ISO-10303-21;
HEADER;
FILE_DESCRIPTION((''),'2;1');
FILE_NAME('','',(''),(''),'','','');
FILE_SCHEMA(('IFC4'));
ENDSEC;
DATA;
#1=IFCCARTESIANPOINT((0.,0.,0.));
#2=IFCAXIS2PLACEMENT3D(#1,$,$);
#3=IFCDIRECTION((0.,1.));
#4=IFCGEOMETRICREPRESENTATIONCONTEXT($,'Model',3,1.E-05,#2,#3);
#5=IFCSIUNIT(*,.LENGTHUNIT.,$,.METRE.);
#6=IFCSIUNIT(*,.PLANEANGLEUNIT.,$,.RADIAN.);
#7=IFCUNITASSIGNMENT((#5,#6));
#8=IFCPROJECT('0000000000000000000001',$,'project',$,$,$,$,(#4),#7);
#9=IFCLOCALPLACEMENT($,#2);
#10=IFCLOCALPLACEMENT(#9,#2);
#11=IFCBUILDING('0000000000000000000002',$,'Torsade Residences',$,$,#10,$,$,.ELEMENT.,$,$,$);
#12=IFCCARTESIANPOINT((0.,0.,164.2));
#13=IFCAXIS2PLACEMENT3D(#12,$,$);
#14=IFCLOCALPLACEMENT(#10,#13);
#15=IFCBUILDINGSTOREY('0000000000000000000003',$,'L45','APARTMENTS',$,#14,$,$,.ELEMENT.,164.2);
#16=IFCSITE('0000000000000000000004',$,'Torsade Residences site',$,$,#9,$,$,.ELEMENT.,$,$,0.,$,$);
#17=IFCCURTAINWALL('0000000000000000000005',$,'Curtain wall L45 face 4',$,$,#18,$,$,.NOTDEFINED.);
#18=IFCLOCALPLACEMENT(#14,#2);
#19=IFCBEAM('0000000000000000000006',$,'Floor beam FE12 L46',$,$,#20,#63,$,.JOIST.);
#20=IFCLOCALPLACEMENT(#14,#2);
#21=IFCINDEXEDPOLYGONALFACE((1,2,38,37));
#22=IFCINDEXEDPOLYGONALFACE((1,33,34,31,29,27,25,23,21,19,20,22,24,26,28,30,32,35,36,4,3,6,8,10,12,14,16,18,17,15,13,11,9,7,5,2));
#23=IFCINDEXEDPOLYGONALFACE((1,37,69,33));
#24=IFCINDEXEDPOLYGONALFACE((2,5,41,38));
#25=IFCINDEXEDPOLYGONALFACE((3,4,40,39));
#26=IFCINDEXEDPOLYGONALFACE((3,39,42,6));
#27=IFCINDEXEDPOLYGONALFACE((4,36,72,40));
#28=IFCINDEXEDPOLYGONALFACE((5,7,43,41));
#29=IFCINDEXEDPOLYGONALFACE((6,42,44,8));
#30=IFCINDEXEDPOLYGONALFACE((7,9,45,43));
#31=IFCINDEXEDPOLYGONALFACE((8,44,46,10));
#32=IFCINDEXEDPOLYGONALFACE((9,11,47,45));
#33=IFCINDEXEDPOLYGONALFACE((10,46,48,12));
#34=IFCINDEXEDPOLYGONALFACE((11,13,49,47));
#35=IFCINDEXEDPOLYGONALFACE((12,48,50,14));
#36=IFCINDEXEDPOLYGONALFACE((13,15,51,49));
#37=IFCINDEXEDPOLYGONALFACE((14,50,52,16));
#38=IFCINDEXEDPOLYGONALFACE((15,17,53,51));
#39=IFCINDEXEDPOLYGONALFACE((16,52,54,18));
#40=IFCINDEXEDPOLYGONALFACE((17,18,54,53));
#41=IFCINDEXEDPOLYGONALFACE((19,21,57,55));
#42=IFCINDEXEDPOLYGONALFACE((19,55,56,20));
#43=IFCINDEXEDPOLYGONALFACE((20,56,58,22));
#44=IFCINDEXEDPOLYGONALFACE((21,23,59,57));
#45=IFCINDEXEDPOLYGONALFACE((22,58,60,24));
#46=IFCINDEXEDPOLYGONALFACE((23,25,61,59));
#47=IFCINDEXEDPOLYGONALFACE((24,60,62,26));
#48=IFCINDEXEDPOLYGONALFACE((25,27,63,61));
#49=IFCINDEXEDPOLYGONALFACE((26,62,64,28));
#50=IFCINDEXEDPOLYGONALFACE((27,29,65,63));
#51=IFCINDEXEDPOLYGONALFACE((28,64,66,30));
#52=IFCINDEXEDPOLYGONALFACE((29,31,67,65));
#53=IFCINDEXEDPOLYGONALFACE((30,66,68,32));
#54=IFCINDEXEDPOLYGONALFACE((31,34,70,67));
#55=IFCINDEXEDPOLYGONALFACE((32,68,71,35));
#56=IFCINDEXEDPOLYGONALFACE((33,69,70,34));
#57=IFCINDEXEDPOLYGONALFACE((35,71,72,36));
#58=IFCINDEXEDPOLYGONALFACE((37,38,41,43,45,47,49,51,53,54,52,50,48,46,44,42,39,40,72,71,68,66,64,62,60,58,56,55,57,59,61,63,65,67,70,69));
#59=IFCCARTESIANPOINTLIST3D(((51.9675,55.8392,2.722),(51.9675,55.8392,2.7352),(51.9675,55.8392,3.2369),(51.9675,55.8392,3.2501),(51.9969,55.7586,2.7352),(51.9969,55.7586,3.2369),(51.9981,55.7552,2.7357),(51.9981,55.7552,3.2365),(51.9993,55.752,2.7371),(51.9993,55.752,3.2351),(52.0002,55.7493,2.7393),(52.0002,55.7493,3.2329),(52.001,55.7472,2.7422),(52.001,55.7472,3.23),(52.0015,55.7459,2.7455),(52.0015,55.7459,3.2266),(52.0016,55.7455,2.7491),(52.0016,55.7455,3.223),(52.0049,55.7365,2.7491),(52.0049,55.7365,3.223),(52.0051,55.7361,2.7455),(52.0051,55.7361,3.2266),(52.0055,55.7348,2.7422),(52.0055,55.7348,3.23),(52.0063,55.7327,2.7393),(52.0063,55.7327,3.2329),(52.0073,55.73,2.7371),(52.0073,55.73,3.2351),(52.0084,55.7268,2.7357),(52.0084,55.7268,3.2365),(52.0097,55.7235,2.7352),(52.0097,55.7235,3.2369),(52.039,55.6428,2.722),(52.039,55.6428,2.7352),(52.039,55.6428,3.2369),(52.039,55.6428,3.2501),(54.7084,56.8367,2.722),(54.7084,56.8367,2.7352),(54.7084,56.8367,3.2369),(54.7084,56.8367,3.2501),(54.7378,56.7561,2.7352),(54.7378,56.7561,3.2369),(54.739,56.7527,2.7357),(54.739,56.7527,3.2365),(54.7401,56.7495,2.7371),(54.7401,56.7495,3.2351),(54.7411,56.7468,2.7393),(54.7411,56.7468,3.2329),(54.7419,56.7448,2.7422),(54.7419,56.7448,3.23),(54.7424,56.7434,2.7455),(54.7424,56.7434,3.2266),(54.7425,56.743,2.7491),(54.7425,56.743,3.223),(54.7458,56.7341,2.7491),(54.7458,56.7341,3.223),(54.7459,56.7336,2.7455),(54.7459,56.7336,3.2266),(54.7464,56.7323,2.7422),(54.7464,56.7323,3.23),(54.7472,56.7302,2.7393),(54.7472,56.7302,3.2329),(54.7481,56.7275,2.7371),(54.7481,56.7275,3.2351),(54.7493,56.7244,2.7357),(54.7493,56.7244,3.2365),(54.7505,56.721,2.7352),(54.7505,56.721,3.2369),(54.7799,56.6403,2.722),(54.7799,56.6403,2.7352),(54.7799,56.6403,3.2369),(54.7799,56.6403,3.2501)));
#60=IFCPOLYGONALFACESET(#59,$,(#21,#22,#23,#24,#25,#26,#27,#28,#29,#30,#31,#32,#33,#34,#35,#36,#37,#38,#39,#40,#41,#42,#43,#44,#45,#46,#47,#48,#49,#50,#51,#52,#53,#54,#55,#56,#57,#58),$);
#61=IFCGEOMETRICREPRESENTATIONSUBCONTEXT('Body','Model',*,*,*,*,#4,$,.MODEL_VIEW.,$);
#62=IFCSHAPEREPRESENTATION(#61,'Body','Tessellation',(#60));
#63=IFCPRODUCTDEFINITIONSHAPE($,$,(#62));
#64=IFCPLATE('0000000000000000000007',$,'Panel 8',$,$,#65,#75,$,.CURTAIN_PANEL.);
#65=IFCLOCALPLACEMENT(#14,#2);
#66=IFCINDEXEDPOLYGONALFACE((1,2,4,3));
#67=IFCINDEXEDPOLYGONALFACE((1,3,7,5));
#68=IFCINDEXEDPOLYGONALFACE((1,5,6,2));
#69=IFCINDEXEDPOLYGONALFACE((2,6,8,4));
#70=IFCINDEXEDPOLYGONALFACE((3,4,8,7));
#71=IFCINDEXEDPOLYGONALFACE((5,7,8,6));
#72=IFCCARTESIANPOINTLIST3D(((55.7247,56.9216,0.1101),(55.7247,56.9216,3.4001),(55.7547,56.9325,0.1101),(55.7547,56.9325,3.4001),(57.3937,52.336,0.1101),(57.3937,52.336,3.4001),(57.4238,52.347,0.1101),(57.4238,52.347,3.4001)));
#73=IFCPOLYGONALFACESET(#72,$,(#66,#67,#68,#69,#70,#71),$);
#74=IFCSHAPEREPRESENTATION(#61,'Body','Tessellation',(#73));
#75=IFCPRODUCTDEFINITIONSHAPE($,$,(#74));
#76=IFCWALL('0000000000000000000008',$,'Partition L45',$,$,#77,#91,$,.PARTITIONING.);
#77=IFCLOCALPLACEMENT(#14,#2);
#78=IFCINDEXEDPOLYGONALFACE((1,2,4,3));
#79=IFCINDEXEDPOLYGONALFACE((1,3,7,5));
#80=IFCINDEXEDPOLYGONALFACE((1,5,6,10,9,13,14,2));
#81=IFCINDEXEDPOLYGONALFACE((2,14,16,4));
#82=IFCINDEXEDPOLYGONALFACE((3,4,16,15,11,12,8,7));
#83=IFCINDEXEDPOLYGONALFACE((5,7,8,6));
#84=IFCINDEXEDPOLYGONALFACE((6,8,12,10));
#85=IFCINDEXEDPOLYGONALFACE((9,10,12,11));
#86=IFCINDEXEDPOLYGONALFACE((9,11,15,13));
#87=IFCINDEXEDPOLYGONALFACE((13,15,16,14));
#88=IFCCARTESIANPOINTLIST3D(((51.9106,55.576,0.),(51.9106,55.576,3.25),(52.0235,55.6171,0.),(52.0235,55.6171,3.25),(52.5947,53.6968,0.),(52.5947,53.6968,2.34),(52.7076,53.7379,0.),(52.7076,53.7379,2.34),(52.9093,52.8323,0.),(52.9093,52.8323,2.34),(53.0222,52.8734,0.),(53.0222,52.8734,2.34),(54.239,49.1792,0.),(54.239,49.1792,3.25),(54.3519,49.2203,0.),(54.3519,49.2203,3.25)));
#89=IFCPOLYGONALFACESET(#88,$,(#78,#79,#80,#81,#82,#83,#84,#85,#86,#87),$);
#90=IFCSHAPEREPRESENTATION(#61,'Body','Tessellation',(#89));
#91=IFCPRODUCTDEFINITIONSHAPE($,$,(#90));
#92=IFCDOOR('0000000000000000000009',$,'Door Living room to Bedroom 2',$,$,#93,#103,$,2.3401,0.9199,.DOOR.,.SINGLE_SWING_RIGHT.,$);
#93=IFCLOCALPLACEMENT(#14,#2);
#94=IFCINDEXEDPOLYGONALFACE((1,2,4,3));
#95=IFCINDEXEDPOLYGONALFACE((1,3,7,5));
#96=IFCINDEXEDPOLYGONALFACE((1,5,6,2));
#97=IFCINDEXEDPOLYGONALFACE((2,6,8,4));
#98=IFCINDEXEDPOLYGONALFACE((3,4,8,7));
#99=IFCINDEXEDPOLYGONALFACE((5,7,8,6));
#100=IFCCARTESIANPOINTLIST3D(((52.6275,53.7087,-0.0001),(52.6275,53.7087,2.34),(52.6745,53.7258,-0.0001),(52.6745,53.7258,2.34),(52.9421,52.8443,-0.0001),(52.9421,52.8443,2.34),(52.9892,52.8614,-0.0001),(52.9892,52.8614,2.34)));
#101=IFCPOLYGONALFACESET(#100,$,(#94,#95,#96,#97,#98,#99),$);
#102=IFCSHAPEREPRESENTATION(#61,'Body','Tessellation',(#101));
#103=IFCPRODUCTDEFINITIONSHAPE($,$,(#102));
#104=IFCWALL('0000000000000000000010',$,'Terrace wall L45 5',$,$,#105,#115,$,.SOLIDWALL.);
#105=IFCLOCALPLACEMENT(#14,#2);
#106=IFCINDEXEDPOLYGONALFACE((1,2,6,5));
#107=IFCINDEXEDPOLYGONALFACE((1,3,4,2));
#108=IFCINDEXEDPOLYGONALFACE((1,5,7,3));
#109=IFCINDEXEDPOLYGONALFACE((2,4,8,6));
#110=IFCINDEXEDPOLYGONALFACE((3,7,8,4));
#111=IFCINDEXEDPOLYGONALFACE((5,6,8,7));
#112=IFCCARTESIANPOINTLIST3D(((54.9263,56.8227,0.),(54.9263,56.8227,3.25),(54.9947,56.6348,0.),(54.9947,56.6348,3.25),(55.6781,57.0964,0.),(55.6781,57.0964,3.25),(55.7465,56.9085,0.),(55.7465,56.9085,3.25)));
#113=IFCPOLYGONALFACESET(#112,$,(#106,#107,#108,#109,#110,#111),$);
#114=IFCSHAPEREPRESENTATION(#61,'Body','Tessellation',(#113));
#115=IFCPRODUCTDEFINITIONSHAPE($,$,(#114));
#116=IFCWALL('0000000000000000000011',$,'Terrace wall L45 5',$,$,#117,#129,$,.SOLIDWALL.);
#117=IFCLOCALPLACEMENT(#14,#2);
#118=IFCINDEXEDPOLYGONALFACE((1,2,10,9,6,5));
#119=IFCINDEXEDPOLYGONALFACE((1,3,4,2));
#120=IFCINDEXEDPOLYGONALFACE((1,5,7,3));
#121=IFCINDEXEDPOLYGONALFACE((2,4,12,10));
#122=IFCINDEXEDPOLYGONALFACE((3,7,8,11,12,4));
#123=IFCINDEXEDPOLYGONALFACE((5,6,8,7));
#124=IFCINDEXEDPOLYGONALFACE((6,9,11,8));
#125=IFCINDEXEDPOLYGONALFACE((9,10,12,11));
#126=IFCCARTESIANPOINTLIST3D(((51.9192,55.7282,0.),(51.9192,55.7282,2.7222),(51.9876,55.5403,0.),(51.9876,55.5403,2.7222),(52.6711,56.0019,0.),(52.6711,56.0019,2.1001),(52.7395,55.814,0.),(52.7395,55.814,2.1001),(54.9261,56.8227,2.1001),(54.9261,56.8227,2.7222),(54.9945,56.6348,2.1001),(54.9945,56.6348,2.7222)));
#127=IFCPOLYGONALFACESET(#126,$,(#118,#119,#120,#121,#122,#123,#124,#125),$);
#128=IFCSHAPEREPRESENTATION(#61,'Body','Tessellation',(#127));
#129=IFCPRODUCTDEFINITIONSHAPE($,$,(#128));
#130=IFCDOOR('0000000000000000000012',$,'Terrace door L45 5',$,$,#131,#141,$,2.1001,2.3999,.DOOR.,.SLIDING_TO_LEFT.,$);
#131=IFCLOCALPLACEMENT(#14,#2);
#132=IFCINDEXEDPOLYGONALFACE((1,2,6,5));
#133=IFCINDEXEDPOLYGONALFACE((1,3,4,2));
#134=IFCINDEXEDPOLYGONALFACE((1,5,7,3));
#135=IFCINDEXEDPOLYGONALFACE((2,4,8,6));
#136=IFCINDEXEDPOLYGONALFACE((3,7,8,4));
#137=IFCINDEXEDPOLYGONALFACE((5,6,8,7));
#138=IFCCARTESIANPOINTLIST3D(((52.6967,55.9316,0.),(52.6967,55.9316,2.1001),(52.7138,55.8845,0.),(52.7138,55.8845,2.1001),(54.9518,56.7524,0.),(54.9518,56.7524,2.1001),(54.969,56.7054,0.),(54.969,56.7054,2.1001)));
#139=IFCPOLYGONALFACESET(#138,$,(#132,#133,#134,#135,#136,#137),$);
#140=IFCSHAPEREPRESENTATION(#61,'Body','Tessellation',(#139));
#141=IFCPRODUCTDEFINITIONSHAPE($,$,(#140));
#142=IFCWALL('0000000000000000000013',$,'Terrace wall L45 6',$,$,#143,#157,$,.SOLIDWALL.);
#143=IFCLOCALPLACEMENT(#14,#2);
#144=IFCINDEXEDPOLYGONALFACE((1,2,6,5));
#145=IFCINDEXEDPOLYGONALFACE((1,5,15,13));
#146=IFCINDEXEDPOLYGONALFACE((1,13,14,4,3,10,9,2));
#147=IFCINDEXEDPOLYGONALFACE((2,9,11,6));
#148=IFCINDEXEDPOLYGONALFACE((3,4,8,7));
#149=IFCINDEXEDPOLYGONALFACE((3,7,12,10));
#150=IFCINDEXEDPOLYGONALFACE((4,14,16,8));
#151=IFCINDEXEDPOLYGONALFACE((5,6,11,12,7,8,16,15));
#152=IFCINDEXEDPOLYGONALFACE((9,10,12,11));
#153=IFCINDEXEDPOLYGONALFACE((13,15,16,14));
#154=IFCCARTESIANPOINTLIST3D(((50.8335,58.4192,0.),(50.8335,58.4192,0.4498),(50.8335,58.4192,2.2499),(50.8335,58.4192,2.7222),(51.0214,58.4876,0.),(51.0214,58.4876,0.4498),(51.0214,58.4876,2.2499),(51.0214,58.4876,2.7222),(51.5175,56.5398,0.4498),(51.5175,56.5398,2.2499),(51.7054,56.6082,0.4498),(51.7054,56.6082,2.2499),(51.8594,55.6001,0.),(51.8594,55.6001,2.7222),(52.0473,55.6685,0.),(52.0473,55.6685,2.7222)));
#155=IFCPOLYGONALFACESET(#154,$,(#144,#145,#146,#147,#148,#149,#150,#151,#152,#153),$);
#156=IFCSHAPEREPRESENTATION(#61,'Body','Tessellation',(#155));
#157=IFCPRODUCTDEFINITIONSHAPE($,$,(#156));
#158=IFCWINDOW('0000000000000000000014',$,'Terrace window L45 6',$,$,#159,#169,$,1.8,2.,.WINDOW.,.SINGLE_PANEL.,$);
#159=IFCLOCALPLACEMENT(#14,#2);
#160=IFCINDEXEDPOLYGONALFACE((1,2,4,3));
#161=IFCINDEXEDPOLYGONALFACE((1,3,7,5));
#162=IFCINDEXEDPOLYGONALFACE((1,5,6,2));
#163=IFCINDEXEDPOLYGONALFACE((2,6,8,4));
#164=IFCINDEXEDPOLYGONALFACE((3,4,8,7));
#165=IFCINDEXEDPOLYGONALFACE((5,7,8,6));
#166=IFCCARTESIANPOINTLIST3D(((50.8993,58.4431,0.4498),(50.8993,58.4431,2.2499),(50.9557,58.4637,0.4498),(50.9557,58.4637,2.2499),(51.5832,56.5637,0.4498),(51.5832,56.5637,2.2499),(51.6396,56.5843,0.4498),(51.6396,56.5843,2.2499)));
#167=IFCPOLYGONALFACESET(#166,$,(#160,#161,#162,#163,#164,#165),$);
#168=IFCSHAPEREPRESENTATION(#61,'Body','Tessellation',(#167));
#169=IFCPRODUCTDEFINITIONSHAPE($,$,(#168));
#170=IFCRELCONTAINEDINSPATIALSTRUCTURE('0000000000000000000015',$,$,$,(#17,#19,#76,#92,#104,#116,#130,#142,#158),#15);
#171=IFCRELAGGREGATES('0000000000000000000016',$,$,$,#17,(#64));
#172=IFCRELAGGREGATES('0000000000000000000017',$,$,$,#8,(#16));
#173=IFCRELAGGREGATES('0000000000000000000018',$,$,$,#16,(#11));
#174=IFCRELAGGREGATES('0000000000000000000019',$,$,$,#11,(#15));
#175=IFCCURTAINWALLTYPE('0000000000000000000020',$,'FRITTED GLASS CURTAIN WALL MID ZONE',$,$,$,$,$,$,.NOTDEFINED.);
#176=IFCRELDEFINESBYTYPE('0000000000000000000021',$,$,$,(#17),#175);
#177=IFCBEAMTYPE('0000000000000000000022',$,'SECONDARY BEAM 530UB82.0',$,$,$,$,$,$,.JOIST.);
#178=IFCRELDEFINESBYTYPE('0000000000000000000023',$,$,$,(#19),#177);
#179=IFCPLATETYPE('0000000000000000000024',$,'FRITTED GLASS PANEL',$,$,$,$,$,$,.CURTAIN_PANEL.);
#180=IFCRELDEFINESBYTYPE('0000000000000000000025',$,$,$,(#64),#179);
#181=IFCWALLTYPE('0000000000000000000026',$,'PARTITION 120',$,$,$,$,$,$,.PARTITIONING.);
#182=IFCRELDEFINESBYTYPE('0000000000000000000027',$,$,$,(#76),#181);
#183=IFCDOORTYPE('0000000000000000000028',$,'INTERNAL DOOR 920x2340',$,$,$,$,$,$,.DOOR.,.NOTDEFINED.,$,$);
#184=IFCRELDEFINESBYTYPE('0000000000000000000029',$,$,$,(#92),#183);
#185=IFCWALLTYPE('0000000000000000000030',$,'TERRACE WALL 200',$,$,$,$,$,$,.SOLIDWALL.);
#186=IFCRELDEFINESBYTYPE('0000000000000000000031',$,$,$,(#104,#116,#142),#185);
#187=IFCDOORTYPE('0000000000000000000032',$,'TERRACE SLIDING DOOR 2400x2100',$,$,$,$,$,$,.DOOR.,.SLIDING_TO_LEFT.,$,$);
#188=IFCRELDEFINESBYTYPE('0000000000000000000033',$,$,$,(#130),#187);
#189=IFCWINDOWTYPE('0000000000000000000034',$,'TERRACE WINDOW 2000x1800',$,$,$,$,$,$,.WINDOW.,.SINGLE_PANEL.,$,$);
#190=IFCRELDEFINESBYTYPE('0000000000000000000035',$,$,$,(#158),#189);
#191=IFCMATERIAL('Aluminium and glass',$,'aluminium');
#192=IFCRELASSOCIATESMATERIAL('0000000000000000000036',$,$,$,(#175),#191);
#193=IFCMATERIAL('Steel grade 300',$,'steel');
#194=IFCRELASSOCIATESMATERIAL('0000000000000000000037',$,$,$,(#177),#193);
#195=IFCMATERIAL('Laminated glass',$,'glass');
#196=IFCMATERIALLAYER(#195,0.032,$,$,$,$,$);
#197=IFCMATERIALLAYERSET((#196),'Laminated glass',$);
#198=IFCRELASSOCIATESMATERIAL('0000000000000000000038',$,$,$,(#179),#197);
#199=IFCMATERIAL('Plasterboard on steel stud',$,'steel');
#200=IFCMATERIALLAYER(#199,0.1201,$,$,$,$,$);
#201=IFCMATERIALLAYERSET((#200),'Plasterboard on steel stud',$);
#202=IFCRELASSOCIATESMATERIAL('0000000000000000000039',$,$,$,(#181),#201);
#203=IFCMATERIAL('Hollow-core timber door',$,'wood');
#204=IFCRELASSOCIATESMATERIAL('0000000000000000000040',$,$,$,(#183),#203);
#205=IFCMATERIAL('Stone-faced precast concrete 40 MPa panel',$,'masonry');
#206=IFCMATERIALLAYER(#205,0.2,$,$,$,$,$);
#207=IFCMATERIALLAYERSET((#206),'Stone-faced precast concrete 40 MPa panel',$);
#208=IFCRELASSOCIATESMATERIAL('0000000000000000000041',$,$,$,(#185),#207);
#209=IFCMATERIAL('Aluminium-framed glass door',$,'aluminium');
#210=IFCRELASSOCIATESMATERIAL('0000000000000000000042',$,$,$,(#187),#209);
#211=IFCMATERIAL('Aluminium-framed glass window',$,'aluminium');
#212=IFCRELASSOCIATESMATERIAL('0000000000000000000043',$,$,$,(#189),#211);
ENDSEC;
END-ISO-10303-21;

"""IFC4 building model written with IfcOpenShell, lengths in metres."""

from ifc_helpers import new_model, si_unit, direction, frame, frame_2d, origin, origin_2d, place, context, subcontext, project, spatial, rectangle, i_section, extrude, material, layer, layer_set, material_profile, profile_set, type_object, element, fill, aggregate, save


model = new_model("IFC4")

# Units and contexts
model_context = context("Model", 3, precision=1e-05, world=origin(), true_north=direction((0.0, 1.0)))
body_context = subcontext(model_context, "Body", "Model", "MODEL_VIEW")
ifc_project = project(units=[si_unit("LENGTHUNIT", "METRE"), si_unit("PLANEANGLEUNIT", "RADIAN")], contexts=[model_context])

# Site, building, storey
site_placement = place(None, origin())
site = spatial("IfcSite", under=ifc_project, at=site_placement, Name="Torsade Residences site", CompositionType="ELEMENT", RefElevation=0.0)
building_placement = place(site_placement, origin())
building = spatial("IfcBuilding", under=site, at=building_placement, Name="Torsade Residences", CompositionType="ELEMENT")
storey_placement = place(building_placement, frame((0.0, 0.0, 164.2)))
storey = spatial("IfcBuildingStorey", under=building, at=storey_placement, Name="L45", Description="APARTMENTS", CompositionType="ELEMENT", Elevation=164.2)

# Curtain wall
ifc_material_1 = material(Name="Aluminium and glass", Category="aluminium")
curtain_wall_type = type_object("IfcCurtainWallType", Name="FRITTED GLASS CURTAIN WALL MID ZONE", PredefinedType="NOTDEFINED", material=ifc_material_1)
curtain_wall_placement = place(storey_placement, origin())
curtain_wall = element("IfcCurtainWall", 1, at=curtain_wall_placement, inside=storey, type_object=curtain_wall_type, Name="Curtain wall L45 face 4", PredefinedType="NOTDEFINED")

# Beam
ifc_material_2 = material(Name="Steel grade 300", Category="steel")
ifc_material_profile_1 = material_profile(ifc_material_2, i_section(OverallWidth=0.209, OverallDepth=0.5281, WebThickness=0.0095, FlangeThickness=0.0132, FilletRadius=0.0139, at=origin_2d()), Name="530UB82.0")
ifc_profile_set_1 = profile_set([ifc_material_profile_1], Name="Steel grade 300")
beam_type_1 = type_object("IfcBeamType", Name="SECONDARY BEAM 530UB82.0", PredefinedType="JOIST", material=ifc_profile_set_1)
beam_1_placement = place(storey_placement, frame((54.7441, 56.7385, 2.9861), z_axis=(-0.939701, -0.341998, 0.0), x_axis=(0.341998, -0.939701, 0.0)))
element("IfcBeam", 2, at=beam_1_placement, inside=storey, type_object=beam_type_1, Name="Floor beam FE12 L46", PredefinedType="JOIST", context=body_context, shape_type="SweptSolid", body=[
    extrude(i_section(OverallWidth=0.209, OverallDepth=0.5281, WebThickness=0.0095, FlangeThickness=0.0132, FilletRadius=0.0139, at=origin_2d()), origin(), (0.0, 0.0, 1.0), 2.9167),
])

# Plate
ifc_material_3 = material(Name="Laminated glass", Category="glass")
ifc_layer_1 = layer(ifc_material_3, 0.032)
ifc_layer_set_1 = layer_set([ifc_layer_1], Name="Laminated glass")
plate_type = type_object("IfcPlateType", Name="FRITTED GLASS PANEL", PredefinedType="CURTAIN_PANEL", material=ifc_layer_set_1)
plate_placement = place(storey_placement, frame((56.5742, 54.6343, 0.1101), z_axis=(0.0, 0.0, 1.0), x_axis=(-0.34202, 0.939693, 0.0)))
plate = element("IfcPlate", 3, at=plate_placement, type_object=plate_type, Name="Panel 8", PredefinedType="CURTAIN_PANEL", context=body_context, shape_type="SweptSolid", body=[
    extrude(rectangle(XDim=4.8799, YDim=0.032, at=origin_2d()), origin(), (0.0, 0.0, 1.0), 3.29),
])
aggregate(curtain_wall, [plate])

# Wall, opening, door
ifc_material_4 = material(Name="Plasterboard on steel stud", Category="steel")
ifc_layer_2 = layer(ifc_material_4, 0.1201)
ifc_layer_set_2 = layer_set([ifc_layer_2], Name="Plasterboard on steel stud")
wall_type_1 = type_object("IfcWallType", Name="PARTITION 120", PredefinedType="PARTITIONING", material=ifc_layer_set_2)
wall_1_placement = place(storey_placement, frame((51.967, 55.5967, 0.0), z_axis=(0.0, 0.0, 1.0), x_axis=(0.34204, -0.939686, 0.0)))
wall_1 = element("IfcWall", 4, at=wall_1_placement, inside=storey, type_object=wall_type_1, Name="Partition L45", PredefinedType="PARTITIONING", context=body_context, shape_type="SweptSolid", body=[
    extrude(rectangle(XDim=6.8074, YDim=0.1201, at=frame_2d((3.4038, 0.0))), origin(), (0.0, 0.0, 1.0), 3.25),
])
opening_1_placement = place(wall_1_placement, frame((2.0, 0.0, 0.0)))
opening_1 = element("IfcOpeningElement", 5, at=opening_1_placement, cuts=wall_1, PredefinedType="OPENING", context=body_context, shape_type="SweptSolid", body=[
    extrude(rectangle(XDim=0.9199, YDim=2.3401, at=frame_2d((0.46, 1.1699))), frame((0.0, 0.0701, 0.0), z_axis=(0.0, -1.0, 0.0), x_axis=(1.0, 0.0, 0.0)), (0.0, 0.0, 1.0), 0.1401),
])
ifc_material_5 = material(Name="Hollow-core timber door", Category="wood")
door_type_1 = type_object("IfcDoorType", Name="INTERNAL DOOR 920x2340", OperationType="NOTDEFINED", PredefinedType="DOOR", material=ifc_material_5)
door_1_placement = place(opening_1_placement, origin())
door_1 = element("IfcDoor", 6, at=door_1_placement, inside=storey, type_object=door_type_1, Name="Door Living room to Bedroom 2", OperationType="SINGLE_SWING_RIGHT", OverallHeight=2.3401, OverallWidth=0.9199, PredefinedType="DOOR", context=body_context, shape_type="SweptSolid", body=[
    extrude(rectangle(XDim=0.9199, YDim=2.3401, at=frame_2d((0.46, 1.1699))), frame((0.0, 0.0249, 0.0), z_axis=(0.0, -1.0, 0.0), x_axis=(1.0, 0.0, 0.0)), (0.0, 0.0, 1.0), 0.05),
])
fill(opening_1, door_1)

# Wall
ifc_material_6 = material(Name="Stone-faced precast concrete 40 MPa panel", Category="masonry")
ifc_layer_3 = layer(ifc_material_6, 0.2)
ifc_layer_set_3 = layer_set([ifc_layer_3], Name="Stone-faced precast concrete 40 MPa panel")
wall_type_2 = type_object("IfcWallType", Name="TERRACE WALL 200", PredefinedType="SOLIDWALL", material=ifc_layer_set_3)
wall_2_placement = place(storey_placement, frame((55.7122, 57.0024, 0.0), z_axis=(0.0, 0.0, 1.0), x_axis=(-0.93966, -0.342111, 0.0)))
element("IfcWall", 7, at=wall_2_placement, inside=storey, type_object=wall_type_2, Name="Terrace wall L45 5", PredefinedType="SOLIDWALL", context=body_context, shape_type="SweptSolid", body=[
    extrude(rectangle(XDim=0.8, YDim=0.2, at=frame_2d((0.3999, 0.0))), origin(), (0.0, 0.0, 1.0), 3.25),
])

# Wall, opening, door
wall_3_placement = place(storey_placement, frame((54.9604, 56.7288, 0.0), z_axis=(0.0, 0.0, 1.0), x_axis=(-0.939693, -0.342019, 0.0)))
wall_3 = element("IfcWall", 8, at=wall_3_placement, inside=storey, type_object=wall_type_2, Name="Terrace wall L45 5", PredefinedType="SOLIDWALL", context=body_context, shape_type="SweptSolid", body=[
    extrude(rectangle(XDim=3.2, YDim=0.2, at=frame_2d((1.6001, 0.0))), origin(), (0.0, 0.0, 1.0), 2.7222),
])
opening_2_placement = place(wall_3_placement, origin())
opening_2 = element("IfcOpeningElement", 9, at=opening_2_placement, cuts=wall_3, PredefinedType="OPENING", context=body_context, shape_type="SweptSolid", body=[
    extrude(rectangle(XDim=2.3999, YDim=2.1001, at=frame_2d((1.2, 1.05))), frame((0.0, 0.1099, 0.0), z_axis=(0.0, -1.0, 0.0), x_axis=(1.0, 0.0, 0.0)), (0.0, 0.0, 1.0), 0.22),
])
ifc_material_7 = material(Name="Aluminium-framed glass door", Category="aluminium")
door_type_2 = type_object("IfcDoorType", Name="TERRACE SLIDING DOOR 2400x2100", OperationType="SLIDING_TO_LEFT", PredefinedType="DOOR", material=ifc_material_7)
door_2_placement = place(opening_2_placement, origin())
door_2 = element("IfcDoor", 10, at=door_2_placement, inside=storey, type_object=door_type_2, Name="Terrace door L45 5", OperationType="SLIDING_TO_LEFT", OverallHeight=2.1001, OverallWidth=2.3999, PredefinedType="DOOR", context=body_context, shape_type="SweptSolid", body=[
    extrude(rectangle(XDim=2.3999, YDim=2.1001, at=frame_2d((1.2, 1.05))), frame((0.0, 0.0249, 0.0), z_axis=(0.0, -1.0, 0.0), x_axis=(1.0, 0.0, 0.0)), (0.0, 0.0, 1.0), 0.05),
])
fill(opening_2, door_2)

# Wall, opening, window
wall_4_placement = place(storey_placement, frame((51.9534, 55.6343, 0.0), z_axis=(0.0, 0.0, 1.0), x_axis=(-0.341965, 0.939713, 0.0)))
wall_4 = element("IfcWall", 11, at=wall_4_placement, inside=storey, type_object=wall_type_2, Name="Terrace wall L45 6", PredefinedType="SOLIDWALL", context=body_context, shape_type="SweptSolid", body=[
    extrude(rectangle(XDim=3.0, YDim=0.2, at=frame_2d((1.5, 0.0))), origin(), (0.0, 0.0, 1.0), 2.7222),
])
opening_3_placement = place(wall_4_placement, frame((1.0, 0.0, 0.45)))
opening_3 = element("IfcOpeningElement", 12, at=opening_3_placement, cuts=wall_4, PredefinedType="OPENING", context=body_context, shape_type="SweptSolid", body=[
    extrude(rectangle(XDim=2.0, YDim=1.8, at=frame_2d((1.0, 0.8999))), frame((0.0, 0.1099, 0.0), z_axis=(0.0, -1.0, 0.0), x_axis=(1.0, 0.0, 0.0)), (0.0, 0.0, 1.0), 0.22),
])
ifc_material_8 = material(Name="Aluminium-framed glass window", Category="aluminium")
window_type = type_object("IfcWindowType", Name="TERRACE WINDOW 2000x1800", PartitioningType="SINGLE_PANEL", PredefinedType="WINDOW", material=ifc_material_8)
window_placement = place(opening_3_placement, origin())
window = element("IfcWindow", 13, at=window_placement, inside=storey, type_object=window_type, Name="Terrace window L45 6", OverallHeight=1.8, OverallWidth=2.0, PartitioningType="SINGLE_PANEL", PredefinedType="WINDOW", context=body_context, shape_type="SweptSolid", body=[
    extrude(rectangle(XDim=2.0, YDim=1.8, at=frame_2d((1.0, 0.8999))), frame((0.0, 0.03, 0.0), z_axis=(0.0, -1.0, 0.0), x_axis=(1.0, 0.0, 0.0)), (0.0, 0.0, 1.0), 0.0601),
])
fill(opening_3, window)

save(model, "model.ifc")
